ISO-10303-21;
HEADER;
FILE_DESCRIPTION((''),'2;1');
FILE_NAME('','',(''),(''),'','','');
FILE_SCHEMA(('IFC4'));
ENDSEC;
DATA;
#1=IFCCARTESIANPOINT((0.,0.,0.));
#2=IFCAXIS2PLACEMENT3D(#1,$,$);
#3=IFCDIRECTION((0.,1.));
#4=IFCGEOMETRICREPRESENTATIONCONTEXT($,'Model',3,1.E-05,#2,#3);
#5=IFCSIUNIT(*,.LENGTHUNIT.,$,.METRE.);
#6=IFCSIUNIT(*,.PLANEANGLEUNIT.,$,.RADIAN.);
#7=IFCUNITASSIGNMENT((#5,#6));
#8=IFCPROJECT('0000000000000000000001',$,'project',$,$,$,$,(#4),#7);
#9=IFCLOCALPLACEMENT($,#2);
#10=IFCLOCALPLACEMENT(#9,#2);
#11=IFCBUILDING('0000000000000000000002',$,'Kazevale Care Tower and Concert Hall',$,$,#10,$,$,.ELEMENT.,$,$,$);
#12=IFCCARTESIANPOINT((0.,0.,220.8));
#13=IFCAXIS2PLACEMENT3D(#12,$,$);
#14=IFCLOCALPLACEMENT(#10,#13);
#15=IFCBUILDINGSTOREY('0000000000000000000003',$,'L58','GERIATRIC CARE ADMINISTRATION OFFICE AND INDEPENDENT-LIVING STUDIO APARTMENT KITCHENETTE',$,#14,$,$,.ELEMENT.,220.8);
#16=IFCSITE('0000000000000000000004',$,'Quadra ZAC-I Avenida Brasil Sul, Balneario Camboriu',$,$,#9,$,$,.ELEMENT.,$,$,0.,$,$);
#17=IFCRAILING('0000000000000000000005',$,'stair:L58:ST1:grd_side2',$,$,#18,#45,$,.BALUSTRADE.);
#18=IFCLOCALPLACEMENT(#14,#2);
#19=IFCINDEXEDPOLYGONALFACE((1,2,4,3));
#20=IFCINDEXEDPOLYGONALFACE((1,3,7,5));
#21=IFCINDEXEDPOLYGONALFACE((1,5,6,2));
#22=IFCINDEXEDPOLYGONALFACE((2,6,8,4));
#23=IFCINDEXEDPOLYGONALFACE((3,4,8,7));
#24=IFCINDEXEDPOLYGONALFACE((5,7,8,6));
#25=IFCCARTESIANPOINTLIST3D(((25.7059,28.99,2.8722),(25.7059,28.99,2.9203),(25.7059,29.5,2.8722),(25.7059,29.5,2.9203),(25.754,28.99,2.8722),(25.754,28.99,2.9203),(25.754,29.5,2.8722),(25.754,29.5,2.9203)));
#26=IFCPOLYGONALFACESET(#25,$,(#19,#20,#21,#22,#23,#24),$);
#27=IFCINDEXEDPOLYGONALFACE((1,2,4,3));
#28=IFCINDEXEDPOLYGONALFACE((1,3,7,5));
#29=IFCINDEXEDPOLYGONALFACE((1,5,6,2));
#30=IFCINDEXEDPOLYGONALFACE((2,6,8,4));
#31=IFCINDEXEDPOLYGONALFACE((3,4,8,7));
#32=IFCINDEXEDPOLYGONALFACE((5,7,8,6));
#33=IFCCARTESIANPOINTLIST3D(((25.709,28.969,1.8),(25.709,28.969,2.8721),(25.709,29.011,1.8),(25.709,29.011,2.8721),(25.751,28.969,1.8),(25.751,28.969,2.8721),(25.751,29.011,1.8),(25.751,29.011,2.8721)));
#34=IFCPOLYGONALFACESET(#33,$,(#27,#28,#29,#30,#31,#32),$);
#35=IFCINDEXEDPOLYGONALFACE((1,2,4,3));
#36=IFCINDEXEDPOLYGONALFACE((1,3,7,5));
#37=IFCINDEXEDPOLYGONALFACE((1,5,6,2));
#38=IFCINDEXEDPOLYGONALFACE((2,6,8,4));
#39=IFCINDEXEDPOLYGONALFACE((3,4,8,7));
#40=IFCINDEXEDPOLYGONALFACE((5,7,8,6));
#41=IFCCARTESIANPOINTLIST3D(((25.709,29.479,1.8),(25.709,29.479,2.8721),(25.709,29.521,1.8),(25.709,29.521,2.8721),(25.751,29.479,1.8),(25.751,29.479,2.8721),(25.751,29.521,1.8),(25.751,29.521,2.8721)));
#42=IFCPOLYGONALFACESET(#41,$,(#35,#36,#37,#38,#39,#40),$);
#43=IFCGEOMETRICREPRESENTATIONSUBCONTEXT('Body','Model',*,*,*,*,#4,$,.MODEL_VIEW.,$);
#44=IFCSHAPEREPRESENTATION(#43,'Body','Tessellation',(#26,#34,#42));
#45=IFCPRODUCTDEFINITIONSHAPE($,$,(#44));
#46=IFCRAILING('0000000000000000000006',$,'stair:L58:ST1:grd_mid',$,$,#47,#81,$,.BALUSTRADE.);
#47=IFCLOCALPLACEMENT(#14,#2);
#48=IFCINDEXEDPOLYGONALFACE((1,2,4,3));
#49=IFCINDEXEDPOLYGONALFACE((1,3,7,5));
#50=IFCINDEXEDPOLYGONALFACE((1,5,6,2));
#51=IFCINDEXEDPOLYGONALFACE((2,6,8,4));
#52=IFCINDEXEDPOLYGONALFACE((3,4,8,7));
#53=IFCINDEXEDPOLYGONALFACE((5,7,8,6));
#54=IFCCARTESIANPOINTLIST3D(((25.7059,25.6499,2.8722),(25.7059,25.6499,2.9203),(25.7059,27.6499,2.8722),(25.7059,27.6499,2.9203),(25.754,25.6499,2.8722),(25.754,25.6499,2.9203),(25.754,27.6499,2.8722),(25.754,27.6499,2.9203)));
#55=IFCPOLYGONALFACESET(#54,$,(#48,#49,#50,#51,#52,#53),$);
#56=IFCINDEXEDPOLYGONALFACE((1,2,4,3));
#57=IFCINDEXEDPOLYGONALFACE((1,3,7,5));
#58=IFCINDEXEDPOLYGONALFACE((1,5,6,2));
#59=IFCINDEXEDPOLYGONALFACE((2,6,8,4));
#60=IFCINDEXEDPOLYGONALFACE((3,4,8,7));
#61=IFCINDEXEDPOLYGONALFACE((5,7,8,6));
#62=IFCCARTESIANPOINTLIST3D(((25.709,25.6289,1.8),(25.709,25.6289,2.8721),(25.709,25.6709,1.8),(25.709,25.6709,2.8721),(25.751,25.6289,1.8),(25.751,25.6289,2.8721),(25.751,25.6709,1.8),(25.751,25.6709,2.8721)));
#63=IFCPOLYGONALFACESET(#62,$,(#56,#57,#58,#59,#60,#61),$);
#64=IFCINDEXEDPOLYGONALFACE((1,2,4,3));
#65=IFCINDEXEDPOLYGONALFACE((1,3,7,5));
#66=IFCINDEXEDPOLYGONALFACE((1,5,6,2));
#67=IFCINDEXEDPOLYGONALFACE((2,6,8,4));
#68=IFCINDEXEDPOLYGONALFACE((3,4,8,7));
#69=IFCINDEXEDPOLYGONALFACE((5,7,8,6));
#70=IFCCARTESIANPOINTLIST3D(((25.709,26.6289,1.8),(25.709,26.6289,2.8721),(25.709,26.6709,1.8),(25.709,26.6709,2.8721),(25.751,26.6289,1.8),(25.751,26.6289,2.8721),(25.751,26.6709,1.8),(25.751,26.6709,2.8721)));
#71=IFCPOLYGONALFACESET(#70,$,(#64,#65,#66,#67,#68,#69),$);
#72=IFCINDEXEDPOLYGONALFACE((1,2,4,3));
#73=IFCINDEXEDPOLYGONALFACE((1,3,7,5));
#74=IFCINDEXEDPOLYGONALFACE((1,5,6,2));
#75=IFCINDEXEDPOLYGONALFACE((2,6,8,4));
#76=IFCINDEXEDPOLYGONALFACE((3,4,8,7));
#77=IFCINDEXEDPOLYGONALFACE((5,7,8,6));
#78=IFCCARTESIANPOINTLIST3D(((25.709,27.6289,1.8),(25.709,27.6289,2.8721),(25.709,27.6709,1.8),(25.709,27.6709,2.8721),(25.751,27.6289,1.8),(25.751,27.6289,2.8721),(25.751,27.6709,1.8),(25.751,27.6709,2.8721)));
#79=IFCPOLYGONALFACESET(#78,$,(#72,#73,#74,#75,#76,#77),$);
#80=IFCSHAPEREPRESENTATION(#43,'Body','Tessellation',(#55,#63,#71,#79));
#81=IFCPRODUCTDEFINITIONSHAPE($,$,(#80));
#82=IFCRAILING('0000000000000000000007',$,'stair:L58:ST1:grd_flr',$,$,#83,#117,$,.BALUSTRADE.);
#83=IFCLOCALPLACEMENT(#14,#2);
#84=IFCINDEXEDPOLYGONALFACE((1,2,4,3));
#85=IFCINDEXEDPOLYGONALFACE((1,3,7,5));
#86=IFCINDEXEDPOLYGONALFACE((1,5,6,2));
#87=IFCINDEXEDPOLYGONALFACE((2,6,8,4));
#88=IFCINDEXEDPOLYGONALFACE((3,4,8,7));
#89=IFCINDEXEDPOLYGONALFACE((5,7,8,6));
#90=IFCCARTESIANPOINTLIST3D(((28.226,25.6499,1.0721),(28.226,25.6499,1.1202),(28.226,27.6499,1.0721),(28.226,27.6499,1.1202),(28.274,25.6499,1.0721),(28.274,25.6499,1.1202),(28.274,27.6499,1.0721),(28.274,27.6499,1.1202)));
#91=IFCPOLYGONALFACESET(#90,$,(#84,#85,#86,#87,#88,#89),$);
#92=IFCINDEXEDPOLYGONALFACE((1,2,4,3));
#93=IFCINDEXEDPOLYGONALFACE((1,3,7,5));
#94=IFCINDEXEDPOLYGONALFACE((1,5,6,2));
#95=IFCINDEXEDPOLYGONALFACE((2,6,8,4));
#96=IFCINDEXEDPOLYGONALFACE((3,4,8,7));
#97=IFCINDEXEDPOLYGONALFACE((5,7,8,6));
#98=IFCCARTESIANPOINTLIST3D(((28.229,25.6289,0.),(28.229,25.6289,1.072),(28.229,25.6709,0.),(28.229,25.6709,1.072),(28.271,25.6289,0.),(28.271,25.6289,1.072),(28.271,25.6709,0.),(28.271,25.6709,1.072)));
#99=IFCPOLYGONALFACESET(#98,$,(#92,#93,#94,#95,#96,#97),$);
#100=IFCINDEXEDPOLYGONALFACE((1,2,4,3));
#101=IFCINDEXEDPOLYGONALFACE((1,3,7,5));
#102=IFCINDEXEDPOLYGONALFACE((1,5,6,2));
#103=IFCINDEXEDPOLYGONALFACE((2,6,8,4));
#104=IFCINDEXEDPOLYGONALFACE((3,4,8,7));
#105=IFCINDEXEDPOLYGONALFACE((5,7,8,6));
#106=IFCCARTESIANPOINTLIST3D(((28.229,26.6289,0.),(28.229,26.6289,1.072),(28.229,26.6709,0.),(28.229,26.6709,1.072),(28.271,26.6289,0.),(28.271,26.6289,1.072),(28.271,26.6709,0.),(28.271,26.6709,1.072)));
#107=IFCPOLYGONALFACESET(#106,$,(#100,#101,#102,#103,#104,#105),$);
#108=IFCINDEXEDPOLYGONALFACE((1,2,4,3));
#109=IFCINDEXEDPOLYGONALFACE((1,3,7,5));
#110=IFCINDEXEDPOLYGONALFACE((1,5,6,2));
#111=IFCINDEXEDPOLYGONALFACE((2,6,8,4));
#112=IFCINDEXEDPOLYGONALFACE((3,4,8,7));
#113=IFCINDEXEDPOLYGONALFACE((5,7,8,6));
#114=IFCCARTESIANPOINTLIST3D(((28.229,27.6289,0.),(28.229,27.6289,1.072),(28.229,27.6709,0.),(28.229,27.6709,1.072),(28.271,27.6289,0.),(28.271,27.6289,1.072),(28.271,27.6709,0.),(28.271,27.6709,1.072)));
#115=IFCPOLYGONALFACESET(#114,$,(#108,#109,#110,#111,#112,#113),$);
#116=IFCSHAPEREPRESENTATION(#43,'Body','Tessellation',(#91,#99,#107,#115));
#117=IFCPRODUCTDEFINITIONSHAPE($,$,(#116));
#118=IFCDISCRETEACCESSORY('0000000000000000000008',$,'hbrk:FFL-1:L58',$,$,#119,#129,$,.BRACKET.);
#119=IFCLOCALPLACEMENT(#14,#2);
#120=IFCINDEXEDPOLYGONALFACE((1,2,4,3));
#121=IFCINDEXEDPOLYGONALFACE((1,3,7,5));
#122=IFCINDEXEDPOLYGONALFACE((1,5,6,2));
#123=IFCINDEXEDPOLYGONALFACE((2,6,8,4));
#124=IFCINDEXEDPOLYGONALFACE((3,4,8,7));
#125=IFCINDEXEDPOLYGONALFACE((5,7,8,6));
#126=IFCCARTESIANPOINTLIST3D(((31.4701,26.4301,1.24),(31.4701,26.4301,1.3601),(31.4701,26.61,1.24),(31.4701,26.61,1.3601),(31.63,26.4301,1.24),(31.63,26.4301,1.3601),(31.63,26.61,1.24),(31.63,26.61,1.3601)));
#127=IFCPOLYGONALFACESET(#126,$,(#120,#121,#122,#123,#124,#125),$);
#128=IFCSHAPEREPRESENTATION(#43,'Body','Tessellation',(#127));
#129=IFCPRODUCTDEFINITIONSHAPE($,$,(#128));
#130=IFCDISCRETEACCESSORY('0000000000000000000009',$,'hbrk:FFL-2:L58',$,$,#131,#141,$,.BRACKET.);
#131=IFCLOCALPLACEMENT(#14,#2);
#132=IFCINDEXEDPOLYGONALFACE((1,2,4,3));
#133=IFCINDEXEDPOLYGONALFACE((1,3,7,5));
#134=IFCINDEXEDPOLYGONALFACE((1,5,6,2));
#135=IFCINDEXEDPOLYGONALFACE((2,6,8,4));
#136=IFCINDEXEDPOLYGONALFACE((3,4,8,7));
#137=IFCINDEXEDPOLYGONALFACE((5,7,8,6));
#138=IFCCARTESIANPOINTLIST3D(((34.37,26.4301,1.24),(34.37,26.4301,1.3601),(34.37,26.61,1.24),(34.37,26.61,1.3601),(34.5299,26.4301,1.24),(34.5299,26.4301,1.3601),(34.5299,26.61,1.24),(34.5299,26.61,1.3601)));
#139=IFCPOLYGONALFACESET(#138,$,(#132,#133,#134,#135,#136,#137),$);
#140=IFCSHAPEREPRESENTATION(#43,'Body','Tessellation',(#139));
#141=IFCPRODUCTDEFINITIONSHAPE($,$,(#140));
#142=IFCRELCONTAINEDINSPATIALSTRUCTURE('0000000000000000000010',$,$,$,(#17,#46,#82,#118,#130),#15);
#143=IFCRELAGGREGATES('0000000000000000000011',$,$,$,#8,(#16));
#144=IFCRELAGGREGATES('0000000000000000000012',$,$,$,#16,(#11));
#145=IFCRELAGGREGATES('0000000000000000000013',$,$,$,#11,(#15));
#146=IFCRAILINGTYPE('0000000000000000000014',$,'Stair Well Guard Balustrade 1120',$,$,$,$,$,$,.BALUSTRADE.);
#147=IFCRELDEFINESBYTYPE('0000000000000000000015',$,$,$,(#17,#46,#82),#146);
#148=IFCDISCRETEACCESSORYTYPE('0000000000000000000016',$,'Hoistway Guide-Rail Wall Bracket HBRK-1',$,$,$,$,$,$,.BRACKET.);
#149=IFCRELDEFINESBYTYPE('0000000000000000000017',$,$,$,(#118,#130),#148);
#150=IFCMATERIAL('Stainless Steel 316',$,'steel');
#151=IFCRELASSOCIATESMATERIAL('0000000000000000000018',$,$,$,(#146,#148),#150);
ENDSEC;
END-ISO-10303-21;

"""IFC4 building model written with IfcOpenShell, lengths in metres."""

from ifc_helpers import new_model, si_unit, direction, frame, origin, origin_2d, place, context, subcontext, project, spatial, rectangle, extrude, material, type_object, element, save


model = new_model("IFC4")

# Units and contexts
model_context = context("Model", 3, precision=1e-05, world=origin(), true_north=direction((0.0, 1.0)))
body_context = subcontext(model_context, "Body", "Model", "MODEL_VIEW")
ifc_project = project(units=[si_unit("LENGTHUNIT", "METRE"), si_unit("PLANEANGLEUNIT", "RADIAN")], contexts=[model_context])

# Site, building, storey
site_placement = place(None, origin())
site = spatial("IfcSite", under=ifc_project, at=site_placement, Name="Quadra ZAC-I Avenida Brasil Sul, Balneario Camboriu", CompositionType="ELEMENT", RefElevation=0.0)
building_placement = place(site_placement, origin())
building = spatial("IfcBuilding", under=site, at=building_placement, Name="Kazevale Care Tower and Concert Hall", CompositionType="ELEMENT")
storey_placement = place(building_placement, frame((0.0, 0.0, 220.8)))
storey = spatial("IfcBuildingStorey", under=building, at=storey_placement, Name="L58", Description="GERIATRIC CARE ADMINISTRATION OFFICE AND INDEPENDENT-LIVING STUDIO APARTMENT KITCHENETTE", CompositionType="ELEMENT", Elevation=220.8)

# Shared definitions
ifc_material_1 = material(Name="Stainless Steel 316", Category="steel")

# Railings
railing_type_1 = type_object("IfcRailingType", Name="Stair Well Guard Balustrade 1120", PredefinedType="BALUSTRADE", material=ifc_material_1)
railing_1_placement = place(storey_placement, frame((25.73, 28.99, 1.8)))
element("IfcRailing", 1, at=railing_1_placement, inside=storey, type_object=railing_type_1, Name="stair:L58:ST1:grd_side2", PredefinedType="BALUSTRADE", context=body_context, shape_type="SweptSolid", body=[
    extrude(rectangle(XDim=0.0481, YDim=0.0481, at=origin_2d()), frame((0.0, 0.0, 1.0962), z_axis=(0.0, 1.0, 0.0), x_axis=(-1.0, 0.0, 0.0)), (0.0, 0.0, 1.0), 0.51),
    extrude(rectangle(XDim=0.042, YDim=0.042, at=origin_2d()), origin(), (0.0, 0.0, 1.0), 1.072),
    extrude(rectangle(XDim=0.042, YDim=0.042, at=origin_2d()), frame((0.0, 0.51, 0.0)), (0.0, 0.0, 1.0), 1.072),
])
for number, where, name in (
    (2, (25.73, 25.6499, 1.8), "stair:L58:ST1:grd_mid"),
    (3, (28.25, 25.6499, 0.0), "stair:L58:ST1:grd_flr"),
):
    element("IfcRailing", number, at=place(storey_placement, frame(where)), inside=storey, type_object=railing_type_1, Name=name, PredefinedType="BALUSTRADE", context=body_context, shape_type="SweptSolid", body=[
        extrude(rectangle(XDim=0.0481, YDim=0.0481, at=origin_2d()), frame((0.0, 0.0, 1.0962), z_axis=(0.0, 1.0, 0.0), x_axis=(-1.0, 0.0, 0.0)), (0.0, 0.0, 1.0), 2.0),
        extrude(rectangle(XDim=0.042, YDim=0.042, at=origin_2d()), origin(), (0.0, 0.0, 1.0), 1.072),
        extrude(rectangle(XDim=0.042, YDim=0.042, at=origin_2d()), frame((0.0, 1.0, 0.0)), (0.0, 0.0, 1.0), 1.072),
        extrude(rectangle(XDim=0.042, YDim=0.042, at=origin_2d()), frame((0.0, 2.0, 0.0)), (0.0, 0.0, 1.0), 1.072),
    ])

# Discrete accessories
discrete_accessory_type = type_object("IfcDiscreteAccessoryType", Name="Hoistway Guide-Rail Wall Bracket HBRK-1", PredefinedType="BRACKET", material=ifc_material_1)
for number, where, z_axis, x_axis, name in (
    (4, (31.55, 26.52, 1.24), (0.0, 0.0, 1.0), (1.0, 0.0, 0.0), "hbrk:FFL-1:L58"),
    (5, (34.45, 26.52, 1.24), (0.0, 0.0, 1.0), (1.0, 0.0, 0.0), "hbrk:FFL-2:L58"),
):
    element("IfcDiscreteAccessory", number, at=place(storey_placement, frame(where, z_axis=z_axis, x_axis=x_axis)), inside=storey, type_object=discrete_accessory_type, Name=name, PredefinedType="BRACKET", context=body_context, shape_type="SweptSolid", body=[
        extrude(rectangle(XDim=0.1599, YDim=0.1799, at=origin_2d()), origin(), (0.0, 0.0, 1.0), 0.1201),
    ])

save(model, "model.ifc")
